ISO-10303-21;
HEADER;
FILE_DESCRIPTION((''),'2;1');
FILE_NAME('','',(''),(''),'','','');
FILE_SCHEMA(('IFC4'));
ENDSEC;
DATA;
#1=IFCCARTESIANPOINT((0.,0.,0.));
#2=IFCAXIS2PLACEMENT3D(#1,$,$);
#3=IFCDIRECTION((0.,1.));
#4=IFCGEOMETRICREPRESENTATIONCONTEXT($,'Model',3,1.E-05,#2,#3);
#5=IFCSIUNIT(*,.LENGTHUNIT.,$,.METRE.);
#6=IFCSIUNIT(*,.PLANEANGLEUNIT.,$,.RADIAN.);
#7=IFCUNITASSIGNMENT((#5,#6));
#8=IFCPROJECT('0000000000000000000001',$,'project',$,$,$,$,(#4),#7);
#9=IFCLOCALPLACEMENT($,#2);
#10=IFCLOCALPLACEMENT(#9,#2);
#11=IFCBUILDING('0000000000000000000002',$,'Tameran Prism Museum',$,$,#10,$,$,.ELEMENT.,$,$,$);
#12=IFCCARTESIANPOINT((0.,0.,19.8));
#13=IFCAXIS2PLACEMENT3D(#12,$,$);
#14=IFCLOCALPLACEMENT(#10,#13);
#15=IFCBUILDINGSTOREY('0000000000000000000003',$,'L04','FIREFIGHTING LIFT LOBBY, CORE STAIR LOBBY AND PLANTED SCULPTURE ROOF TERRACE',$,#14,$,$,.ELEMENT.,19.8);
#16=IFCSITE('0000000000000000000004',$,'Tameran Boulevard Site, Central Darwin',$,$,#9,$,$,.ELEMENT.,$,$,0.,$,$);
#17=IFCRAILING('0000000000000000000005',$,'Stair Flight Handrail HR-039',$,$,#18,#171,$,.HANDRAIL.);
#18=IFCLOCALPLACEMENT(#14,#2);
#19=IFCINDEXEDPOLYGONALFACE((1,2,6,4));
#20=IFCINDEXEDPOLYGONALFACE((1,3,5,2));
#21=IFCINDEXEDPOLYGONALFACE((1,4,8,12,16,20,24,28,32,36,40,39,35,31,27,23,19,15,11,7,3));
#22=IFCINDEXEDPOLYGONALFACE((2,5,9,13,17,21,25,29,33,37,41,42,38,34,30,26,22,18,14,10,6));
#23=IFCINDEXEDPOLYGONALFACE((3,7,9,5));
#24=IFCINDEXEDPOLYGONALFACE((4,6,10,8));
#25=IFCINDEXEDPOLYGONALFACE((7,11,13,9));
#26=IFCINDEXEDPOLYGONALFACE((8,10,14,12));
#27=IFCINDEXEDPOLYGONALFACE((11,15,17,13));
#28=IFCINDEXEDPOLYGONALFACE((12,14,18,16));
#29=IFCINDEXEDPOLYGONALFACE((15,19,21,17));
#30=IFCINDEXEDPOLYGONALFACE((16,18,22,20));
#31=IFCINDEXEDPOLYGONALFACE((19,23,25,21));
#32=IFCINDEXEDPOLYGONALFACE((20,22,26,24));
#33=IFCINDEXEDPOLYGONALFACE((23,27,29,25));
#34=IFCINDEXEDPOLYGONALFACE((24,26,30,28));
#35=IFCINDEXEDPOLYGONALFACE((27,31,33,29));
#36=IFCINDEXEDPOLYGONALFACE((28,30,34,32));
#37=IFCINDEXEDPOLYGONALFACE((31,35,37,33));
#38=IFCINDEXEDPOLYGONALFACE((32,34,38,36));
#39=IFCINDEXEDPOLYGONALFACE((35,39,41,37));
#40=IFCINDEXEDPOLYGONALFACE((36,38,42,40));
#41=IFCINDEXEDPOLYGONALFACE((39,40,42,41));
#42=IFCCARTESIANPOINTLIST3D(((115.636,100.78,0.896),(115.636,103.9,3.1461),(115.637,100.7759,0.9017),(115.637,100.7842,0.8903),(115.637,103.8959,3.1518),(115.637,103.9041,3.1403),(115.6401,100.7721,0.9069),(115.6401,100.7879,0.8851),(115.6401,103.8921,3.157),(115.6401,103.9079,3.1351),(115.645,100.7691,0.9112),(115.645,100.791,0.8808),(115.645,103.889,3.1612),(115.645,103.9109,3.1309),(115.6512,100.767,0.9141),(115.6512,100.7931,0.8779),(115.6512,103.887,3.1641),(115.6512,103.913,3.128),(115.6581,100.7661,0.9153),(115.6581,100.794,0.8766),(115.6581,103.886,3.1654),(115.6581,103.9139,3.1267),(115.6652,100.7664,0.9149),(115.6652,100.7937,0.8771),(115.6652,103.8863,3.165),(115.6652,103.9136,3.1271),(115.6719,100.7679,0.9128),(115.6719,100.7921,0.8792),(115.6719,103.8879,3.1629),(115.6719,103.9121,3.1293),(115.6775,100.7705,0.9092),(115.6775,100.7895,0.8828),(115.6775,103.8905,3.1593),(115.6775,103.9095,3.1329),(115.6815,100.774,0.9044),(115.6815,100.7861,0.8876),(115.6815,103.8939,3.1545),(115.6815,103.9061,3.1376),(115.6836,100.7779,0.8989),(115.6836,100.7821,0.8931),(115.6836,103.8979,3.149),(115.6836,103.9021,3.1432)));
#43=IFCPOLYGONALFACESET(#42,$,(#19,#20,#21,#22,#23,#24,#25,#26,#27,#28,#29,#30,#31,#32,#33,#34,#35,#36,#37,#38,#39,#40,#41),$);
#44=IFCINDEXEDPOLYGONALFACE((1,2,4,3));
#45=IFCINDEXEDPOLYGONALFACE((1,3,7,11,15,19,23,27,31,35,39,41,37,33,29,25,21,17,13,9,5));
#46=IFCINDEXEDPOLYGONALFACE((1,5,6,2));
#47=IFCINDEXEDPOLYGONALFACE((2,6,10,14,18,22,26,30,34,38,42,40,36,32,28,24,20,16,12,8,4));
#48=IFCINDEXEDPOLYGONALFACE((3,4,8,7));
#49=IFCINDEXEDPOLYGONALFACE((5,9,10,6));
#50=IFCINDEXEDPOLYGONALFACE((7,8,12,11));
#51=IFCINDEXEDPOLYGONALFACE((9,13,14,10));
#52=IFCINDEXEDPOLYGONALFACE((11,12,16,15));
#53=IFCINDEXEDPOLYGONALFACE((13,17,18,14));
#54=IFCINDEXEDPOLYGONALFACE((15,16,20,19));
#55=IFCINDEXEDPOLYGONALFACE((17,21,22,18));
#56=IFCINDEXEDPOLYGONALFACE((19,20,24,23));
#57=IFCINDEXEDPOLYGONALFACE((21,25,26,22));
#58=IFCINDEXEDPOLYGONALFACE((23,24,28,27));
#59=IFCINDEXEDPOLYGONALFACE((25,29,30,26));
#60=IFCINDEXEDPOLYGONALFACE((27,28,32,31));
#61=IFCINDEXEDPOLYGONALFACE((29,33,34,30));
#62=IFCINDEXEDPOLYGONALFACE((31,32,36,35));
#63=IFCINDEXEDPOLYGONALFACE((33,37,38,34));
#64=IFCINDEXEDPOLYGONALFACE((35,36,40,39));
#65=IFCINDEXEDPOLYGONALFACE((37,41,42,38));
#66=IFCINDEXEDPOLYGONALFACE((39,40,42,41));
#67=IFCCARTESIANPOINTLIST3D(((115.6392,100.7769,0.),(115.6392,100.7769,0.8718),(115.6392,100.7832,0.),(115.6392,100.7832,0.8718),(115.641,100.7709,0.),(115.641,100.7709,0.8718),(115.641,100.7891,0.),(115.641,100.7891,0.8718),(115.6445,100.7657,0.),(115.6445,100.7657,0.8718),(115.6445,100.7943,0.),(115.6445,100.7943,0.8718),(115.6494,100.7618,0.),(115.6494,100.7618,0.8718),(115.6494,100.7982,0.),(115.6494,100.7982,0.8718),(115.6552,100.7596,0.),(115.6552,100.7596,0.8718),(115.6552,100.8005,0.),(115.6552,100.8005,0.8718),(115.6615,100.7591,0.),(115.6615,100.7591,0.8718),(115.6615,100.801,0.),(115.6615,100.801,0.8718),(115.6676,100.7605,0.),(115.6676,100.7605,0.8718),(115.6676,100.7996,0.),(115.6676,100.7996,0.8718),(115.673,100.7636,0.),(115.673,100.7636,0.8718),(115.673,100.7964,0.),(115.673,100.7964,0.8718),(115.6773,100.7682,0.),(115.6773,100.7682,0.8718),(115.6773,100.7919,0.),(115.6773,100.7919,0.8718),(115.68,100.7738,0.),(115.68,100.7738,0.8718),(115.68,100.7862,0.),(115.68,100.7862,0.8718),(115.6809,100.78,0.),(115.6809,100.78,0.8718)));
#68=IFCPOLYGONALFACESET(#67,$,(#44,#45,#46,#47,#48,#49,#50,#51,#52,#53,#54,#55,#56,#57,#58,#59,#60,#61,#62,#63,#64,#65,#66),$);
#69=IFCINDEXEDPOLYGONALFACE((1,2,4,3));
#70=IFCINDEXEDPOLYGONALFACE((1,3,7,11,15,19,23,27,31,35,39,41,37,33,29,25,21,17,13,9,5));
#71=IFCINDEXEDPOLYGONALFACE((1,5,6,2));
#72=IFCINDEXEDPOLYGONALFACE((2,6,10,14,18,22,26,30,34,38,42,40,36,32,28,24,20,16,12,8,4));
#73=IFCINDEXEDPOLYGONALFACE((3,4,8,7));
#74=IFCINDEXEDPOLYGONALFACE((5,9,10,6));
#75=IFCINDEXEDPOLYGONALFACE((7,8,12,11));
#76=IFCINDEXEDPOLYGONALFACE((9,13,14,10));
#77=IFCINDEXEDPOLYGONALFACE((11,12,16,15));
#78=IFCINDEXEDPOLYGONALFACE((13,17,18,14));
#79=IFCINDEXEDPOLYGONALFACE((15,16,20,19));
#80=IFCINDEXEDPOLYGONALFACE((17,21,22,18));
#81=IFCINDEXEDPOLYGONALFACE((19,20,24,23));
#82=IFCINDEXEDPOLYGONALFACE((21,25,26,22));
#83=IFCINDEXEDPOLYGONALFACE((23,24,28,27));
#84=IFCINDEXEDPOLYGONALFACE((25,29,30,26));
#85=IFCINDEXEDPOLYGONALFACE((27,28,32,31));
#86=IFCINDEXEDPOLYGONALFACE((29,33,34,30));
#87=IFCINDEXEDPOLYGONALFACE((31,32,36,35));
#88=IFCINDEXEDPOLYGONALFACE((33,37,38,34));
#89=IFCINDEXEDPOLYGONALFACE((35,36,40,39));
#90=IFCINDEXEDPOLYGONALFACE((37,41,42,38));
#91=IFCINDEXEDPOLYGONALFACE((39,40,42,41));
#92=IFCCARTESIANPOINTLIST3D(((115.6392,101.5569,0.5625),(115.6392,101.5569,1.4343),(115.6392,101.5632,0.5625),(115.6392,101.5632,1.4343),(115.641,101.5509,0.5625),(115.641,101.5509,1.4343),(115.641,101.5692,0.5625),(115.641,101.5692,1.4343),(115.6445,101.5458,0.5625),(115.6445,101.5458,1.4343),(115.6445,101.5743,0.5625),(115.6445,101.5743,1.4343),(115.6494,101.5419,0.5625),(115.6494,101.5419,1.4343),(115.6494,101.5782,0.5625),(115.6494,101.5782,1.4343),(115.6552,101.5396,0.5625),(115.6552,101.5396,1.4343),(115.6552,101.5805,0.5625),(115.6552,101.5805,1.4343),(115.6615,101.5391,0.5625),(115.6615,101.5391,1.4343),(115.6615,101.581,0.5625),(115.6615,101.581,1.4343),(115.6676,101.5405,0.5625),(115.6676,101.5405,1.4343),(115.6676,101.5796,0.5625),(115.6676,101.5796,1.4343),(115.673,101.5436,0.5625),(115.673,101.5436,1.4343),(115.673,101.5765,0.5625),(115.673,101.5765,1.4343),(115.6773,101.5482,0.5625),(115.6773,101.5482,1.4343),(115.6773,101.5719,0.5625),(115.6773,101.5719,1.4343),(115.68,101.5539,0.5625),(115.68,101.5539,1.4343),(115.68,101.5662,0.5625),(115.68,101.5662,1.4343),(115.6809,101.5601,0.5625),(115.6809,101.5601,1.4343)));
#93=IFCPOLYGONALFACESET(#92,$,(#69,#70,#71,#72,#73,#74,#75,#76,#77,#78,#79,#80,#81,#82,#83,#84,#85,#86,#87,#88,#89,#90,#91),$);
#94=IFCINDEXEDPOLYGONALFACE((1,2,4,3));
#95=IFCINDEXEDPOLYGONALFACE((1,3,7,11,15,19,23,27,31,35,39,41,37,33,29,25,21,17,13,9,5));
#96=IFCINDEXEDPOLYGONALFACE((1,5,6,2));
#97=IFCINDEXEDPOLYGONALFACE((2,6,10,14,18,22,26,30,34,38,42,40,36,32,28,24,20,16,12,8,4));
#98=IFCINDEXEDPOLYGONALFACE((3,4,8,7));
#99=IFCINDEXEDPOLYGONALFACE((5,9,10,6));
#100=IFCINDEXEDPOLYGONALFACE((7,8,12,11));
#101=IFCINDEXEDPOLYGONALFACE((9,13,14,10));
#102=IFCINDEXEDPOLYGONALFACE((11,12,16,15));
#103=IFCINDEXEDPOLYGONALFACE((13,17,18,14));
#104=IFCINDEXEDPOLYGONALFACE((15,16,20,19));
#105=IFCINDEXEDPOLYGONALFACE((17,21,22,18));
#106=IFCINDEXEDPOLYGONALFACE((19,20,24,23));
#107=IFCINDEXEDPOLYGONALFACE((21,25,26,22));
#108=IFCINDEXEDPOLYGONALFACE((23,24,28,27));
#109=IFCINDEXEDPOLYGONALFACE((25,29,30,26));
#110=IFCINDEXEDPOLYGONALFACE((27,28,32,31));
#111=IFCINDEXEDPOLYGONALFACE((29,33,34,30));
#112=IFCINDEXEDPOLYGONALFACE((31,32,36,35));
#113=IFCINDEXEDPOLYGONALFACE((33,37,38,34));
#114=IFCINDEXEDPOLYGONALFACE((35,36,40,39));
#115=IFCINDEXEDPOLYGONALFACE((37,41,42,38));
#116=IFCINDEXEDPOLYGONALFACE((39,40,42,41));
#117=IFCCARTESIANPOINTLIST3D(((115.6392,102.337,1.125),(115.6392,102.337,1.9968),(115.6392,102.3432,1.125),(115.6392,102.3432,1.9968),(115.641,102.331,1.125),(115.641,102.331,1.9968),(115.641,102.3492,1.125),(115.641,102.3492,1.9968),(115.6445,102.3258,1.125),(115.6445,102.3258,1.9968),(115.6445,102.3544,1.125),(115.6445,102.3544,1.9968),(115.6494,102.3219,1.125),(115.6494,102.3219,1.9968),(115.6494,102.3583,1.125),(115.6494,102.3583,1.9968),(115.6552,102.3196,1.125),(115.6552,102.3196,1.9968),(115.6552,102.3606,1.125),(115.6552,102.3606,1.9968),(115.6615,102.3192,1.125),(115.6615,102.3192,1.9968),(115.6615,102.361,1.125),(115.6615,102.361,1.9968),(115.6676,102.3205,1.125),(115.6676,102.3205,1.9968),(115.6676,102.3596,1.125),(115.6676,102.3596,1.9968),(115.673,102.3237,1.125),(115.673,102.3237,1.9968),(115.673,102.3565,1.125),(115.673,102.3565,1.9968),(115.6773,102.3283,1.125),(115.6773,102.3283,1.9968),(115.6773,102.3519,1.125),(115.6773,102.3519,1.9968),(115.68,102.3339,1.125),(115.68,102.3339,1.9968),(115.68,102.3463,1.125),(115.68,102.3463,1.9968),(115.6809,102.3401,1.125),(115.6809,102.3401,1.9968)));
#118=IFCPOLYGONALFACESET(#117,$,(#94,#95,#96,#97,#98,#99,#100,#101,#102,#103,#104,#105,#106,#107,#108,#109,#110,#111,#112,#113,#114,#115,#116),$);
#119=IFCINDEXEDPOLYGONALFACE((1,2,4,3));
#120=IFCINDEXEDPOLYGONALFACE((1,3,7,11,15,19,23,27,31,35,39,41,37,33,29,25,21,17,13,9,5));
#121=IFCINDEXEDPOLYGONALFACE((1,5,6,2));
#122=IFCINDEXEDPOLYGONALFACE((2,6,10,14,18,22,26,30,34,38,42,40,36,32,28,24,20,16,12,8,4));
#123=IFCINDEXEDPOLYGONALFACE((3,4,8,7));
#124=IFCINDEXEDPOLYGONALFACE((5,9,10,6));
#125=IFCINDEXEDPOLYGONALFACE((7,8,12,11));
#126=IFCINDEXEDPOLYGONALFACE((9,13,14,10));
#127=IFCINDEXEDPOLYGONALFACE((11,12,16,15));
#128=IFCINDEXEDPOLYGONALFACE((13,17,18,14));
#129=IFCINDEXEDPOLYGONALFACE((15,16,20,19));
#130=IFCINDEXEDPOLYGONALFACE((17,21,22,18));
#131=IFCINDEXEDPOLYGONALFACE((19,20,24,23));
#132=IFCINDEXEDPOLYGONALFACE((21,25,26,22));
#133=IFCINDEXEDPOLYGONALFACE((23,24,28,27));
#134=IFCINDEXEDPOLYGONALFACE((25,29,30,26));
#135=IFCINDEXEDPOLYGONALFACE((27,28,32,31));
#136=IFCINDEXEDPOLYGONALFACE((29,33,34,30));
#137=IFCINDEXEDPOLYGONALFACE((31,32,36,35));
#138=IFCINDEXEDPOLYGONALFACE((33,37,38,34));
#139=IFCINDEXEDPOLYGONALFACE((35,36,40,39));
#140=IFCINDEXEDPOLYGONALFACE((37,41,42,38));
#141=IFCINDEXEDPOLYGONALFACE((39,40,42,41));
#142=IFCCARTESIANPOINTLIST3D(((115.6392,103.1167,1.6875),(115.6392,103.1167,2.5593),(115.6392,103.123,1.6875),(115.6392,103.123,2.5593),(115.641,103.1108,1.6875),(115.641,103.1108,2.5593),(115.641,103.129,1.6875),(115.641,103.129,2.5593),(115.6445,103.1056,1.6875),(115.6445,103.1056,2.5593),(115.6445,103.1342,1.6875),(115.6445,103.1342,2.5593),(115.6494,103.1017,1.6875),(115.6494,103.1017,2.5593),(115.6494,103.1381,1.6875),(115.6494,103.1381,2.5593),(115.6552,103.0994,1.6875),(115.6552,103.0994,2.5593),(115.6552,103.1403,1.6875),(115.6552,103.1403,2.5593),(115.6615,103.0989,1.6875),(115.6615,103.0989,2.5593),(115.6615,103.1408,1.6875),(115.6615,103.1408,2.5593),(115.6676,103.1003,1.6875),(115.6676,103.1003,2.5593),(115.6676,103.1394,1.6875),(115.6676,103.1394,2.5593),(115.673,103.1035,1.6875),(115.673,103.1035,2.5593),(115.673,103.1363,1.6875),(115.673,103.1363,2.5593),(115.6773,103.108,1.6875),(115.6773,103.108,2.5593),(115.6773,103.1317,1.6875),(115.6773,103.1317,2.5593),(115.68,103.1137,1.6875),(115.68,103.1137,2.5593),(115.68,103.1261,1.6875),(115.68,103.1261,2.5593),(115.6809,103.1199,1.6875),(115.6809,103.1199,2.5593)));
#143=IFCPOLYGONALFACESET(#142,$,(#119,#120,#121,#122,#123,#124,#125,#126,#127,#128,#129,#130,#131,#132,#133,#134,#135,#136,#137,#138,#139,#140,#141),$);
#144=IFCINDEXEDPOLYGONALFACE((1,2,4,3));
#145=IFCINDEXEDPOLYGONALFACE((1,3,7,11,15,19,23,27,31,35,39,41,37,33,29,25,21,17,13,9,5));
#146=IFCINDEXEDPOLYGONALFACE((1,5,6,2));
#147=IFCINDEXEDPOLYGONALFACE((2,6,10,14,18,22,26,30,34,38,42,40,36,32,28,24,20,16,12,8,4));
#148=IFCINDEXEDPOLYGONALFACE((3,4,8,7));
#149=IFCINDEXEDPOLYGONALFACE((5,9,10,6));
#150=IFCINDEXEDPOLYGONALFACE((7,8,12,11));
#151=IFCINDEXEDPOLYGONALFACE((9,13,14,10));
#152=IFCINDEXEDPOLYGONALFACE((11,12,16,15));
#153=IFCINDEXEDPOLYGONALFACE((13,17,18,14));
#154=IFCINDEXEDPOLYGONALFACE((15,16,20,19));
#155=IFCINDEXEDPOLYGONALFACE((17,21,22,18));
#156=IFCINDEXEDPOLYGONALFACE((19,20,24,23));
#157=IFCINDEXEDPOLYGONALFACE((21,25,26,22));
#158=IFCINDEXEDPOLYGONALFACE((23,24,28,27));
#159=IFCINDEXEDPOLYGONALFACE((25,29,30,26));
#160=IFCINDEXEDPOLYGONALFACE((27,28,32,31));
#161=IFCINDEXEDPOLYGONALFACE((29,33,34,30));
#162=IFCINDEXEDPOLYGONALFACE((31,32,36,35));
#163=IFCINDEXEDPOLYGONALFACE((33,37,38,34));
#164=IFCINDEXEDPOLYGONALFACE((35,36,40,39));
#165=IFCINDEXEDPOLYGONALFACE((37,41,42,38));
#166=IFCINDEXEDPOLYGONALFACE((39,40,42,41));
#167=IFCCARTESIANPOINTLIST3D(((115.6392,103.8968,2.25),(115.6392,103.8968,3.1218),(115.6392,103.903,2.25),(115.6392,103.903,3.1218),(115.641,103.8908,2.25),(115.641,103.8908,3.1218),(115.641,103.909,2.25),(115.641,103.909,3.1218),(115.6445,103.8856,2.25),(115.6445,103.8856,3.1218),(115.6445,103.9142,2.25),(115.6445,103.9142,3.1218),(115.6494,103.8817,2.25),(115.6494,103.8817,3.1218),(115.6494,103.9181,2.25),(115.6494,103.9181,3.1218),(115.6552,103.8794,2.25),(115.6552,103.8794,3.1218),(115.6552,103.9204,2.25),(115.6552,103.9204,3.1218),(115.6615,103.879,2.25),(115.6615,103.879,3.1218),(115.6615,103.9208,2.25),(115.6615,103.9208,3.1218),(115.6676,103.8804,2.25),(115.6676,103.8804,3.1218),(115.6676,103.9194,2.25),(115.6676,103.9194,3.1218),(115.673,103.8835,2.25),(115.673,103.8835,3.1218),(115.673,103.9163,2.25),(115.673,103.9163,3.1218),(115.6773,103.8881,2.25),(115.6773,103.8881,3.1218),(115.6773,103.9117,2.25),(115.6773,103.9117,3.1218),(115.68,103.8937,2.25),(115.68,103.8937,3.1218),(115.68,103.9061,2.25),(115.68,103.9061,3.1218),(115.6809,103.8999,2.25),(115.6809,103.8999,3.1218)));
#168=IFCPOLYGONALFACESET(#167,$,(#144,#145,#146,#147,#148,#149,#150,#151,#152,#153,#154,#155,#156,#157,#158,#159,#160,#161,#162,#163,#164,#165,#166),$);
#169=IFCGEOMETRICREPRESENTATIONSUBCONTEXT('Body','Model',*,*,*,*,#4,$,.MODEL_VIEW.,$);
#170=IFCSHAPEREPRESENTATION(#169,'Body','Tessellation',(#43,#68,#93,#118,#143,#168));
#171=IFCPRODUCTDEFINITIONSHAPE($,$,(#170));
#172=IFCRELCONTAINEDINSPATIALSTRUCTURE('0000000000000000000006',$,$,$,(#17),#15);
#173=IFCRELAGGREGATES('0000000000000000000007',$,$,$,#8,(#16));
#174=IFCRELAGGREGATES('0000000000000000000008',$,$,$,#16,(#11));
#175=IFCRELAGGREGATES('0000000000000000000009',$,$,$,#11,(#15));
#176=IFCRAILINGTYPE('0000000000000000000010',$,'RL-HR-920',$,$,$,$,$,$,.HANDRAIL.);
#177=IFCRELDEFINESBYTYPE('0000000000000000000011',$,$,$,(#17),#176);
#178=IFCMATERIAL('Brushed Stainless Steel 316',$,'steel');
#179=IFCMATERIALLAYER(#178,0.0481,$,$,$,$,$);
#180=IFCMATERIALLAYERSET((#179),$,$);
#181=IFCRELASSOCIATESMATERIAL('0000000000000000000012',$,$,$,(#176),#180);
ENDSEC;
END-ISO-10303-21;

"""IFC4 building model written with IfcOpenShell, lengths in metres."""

from ifc_helpers import new_model, si_unit, direction, frame, origin, origin_2d, place, context, subcontext, project, spatial, circle, extrude, material, layer, layer_set, type_object, element, save


model = new_model("IFC4")

# Units and contexts
model_context = context("Model", 3, precision=1e-05, world=origin(), true_north=direction((0.0, 1.0)))
body_context = subcontext(model_context, "Body", "Model", "MODEL_VIEW")
ifc_project = project(units=[si_unit("LENGTHUNIT", "METRE"), si_unit("PLANEANGLEUNIT", "RADIAN")], contexts=[model_context])

# Site, building, storey
site_placement = place(None, origin())
site = spatial("IfcSite", under=ifc_project, at=site_placement, Name="Tameran Boulevard Site, Central Darwin", CompositionType="ELEMENT", RefElevation=0.0)
building_placement = place(site_placement, origin())
building = spatial("IfcBuilding", under=site, at=building_placement, Name="Tameran Prism Museum", CompositionType="ELEMENT")
storey_placement = place(building_placement, frame((0.0, 0.0, 19.8)))
storey = spatial("IfcBuildingStorey", under=building, at=storey_placement, Name="L04", Description="FIREFIGHTING LIFT LOBBY, CORE STAIR LOBBY AND PLANTED SCULPTURE ROOF TERRACE", CompositionType="ELEMENT", Elevation=19.8)

# Railing
ifc_material_1 = material(Name="Brushed Stainless Steel 316", Category="steel")
ifc_layer_1 = layer(ifc_material_1, 0.0481)
ifc_layer_set_1 = layer_set([ifc_layer_1])
railing_type_1 = type_object("IfcRailingType", Name="RL-HR-920", PredefinedType="HANDRAIL", material=ifc_layer_set_1)
for number, where, name in (
    (1, (115.6599, 100.78, 0.0), "Stair Flight Handrail HR-039"),
):
    element("IfcRailing", number, at=place(storey_placement, frame(where)), inside=storey, type_object=railing_type_1, Name=name, PredefinedType="HANDRAIL", context=body_context, shape_type="SweptSolid", body=[
        extrude(circle(Radius=0.0239, at=origin_2d()), frame((0.0, 0.0, 0.896), z_axis=(0.0, 0.811079, 0.584937), x_axis=(-1.0, 0.0, 0.0)), (0.0, 0.0, 1.0), 3.8467),
        extrude(circle(Radius=0.021, at=origin_2d()), origin(), (0.0, 0.0, 1.0), 0.8718),
        extrude(circle(Radius=0.021, at=origin_2d()), frame((0.0, 0.78, 0.5625)), (0.0, 0.0, 1.0), 0.8718),
        extrude(circle(Radius=0.021, at=origin_2d()), frame((0.0, 1.5601, 1.125)), (0.0, 0.0, 1.0), 0.8718),
        extrude(circle(Radius=0.021, at=origin_2d()), frame((0.0, 2.3398, 1.6875)), (0.0, 0.0, 1.0), 0.8718),
        extrude(circle(Radius=0.021, at=origin_2d()), frame((0.0, 3.1199, 2.25)), (0.0, 0.0, 1.0), 0.8718),
    ])

save(model, "model.ifc")
